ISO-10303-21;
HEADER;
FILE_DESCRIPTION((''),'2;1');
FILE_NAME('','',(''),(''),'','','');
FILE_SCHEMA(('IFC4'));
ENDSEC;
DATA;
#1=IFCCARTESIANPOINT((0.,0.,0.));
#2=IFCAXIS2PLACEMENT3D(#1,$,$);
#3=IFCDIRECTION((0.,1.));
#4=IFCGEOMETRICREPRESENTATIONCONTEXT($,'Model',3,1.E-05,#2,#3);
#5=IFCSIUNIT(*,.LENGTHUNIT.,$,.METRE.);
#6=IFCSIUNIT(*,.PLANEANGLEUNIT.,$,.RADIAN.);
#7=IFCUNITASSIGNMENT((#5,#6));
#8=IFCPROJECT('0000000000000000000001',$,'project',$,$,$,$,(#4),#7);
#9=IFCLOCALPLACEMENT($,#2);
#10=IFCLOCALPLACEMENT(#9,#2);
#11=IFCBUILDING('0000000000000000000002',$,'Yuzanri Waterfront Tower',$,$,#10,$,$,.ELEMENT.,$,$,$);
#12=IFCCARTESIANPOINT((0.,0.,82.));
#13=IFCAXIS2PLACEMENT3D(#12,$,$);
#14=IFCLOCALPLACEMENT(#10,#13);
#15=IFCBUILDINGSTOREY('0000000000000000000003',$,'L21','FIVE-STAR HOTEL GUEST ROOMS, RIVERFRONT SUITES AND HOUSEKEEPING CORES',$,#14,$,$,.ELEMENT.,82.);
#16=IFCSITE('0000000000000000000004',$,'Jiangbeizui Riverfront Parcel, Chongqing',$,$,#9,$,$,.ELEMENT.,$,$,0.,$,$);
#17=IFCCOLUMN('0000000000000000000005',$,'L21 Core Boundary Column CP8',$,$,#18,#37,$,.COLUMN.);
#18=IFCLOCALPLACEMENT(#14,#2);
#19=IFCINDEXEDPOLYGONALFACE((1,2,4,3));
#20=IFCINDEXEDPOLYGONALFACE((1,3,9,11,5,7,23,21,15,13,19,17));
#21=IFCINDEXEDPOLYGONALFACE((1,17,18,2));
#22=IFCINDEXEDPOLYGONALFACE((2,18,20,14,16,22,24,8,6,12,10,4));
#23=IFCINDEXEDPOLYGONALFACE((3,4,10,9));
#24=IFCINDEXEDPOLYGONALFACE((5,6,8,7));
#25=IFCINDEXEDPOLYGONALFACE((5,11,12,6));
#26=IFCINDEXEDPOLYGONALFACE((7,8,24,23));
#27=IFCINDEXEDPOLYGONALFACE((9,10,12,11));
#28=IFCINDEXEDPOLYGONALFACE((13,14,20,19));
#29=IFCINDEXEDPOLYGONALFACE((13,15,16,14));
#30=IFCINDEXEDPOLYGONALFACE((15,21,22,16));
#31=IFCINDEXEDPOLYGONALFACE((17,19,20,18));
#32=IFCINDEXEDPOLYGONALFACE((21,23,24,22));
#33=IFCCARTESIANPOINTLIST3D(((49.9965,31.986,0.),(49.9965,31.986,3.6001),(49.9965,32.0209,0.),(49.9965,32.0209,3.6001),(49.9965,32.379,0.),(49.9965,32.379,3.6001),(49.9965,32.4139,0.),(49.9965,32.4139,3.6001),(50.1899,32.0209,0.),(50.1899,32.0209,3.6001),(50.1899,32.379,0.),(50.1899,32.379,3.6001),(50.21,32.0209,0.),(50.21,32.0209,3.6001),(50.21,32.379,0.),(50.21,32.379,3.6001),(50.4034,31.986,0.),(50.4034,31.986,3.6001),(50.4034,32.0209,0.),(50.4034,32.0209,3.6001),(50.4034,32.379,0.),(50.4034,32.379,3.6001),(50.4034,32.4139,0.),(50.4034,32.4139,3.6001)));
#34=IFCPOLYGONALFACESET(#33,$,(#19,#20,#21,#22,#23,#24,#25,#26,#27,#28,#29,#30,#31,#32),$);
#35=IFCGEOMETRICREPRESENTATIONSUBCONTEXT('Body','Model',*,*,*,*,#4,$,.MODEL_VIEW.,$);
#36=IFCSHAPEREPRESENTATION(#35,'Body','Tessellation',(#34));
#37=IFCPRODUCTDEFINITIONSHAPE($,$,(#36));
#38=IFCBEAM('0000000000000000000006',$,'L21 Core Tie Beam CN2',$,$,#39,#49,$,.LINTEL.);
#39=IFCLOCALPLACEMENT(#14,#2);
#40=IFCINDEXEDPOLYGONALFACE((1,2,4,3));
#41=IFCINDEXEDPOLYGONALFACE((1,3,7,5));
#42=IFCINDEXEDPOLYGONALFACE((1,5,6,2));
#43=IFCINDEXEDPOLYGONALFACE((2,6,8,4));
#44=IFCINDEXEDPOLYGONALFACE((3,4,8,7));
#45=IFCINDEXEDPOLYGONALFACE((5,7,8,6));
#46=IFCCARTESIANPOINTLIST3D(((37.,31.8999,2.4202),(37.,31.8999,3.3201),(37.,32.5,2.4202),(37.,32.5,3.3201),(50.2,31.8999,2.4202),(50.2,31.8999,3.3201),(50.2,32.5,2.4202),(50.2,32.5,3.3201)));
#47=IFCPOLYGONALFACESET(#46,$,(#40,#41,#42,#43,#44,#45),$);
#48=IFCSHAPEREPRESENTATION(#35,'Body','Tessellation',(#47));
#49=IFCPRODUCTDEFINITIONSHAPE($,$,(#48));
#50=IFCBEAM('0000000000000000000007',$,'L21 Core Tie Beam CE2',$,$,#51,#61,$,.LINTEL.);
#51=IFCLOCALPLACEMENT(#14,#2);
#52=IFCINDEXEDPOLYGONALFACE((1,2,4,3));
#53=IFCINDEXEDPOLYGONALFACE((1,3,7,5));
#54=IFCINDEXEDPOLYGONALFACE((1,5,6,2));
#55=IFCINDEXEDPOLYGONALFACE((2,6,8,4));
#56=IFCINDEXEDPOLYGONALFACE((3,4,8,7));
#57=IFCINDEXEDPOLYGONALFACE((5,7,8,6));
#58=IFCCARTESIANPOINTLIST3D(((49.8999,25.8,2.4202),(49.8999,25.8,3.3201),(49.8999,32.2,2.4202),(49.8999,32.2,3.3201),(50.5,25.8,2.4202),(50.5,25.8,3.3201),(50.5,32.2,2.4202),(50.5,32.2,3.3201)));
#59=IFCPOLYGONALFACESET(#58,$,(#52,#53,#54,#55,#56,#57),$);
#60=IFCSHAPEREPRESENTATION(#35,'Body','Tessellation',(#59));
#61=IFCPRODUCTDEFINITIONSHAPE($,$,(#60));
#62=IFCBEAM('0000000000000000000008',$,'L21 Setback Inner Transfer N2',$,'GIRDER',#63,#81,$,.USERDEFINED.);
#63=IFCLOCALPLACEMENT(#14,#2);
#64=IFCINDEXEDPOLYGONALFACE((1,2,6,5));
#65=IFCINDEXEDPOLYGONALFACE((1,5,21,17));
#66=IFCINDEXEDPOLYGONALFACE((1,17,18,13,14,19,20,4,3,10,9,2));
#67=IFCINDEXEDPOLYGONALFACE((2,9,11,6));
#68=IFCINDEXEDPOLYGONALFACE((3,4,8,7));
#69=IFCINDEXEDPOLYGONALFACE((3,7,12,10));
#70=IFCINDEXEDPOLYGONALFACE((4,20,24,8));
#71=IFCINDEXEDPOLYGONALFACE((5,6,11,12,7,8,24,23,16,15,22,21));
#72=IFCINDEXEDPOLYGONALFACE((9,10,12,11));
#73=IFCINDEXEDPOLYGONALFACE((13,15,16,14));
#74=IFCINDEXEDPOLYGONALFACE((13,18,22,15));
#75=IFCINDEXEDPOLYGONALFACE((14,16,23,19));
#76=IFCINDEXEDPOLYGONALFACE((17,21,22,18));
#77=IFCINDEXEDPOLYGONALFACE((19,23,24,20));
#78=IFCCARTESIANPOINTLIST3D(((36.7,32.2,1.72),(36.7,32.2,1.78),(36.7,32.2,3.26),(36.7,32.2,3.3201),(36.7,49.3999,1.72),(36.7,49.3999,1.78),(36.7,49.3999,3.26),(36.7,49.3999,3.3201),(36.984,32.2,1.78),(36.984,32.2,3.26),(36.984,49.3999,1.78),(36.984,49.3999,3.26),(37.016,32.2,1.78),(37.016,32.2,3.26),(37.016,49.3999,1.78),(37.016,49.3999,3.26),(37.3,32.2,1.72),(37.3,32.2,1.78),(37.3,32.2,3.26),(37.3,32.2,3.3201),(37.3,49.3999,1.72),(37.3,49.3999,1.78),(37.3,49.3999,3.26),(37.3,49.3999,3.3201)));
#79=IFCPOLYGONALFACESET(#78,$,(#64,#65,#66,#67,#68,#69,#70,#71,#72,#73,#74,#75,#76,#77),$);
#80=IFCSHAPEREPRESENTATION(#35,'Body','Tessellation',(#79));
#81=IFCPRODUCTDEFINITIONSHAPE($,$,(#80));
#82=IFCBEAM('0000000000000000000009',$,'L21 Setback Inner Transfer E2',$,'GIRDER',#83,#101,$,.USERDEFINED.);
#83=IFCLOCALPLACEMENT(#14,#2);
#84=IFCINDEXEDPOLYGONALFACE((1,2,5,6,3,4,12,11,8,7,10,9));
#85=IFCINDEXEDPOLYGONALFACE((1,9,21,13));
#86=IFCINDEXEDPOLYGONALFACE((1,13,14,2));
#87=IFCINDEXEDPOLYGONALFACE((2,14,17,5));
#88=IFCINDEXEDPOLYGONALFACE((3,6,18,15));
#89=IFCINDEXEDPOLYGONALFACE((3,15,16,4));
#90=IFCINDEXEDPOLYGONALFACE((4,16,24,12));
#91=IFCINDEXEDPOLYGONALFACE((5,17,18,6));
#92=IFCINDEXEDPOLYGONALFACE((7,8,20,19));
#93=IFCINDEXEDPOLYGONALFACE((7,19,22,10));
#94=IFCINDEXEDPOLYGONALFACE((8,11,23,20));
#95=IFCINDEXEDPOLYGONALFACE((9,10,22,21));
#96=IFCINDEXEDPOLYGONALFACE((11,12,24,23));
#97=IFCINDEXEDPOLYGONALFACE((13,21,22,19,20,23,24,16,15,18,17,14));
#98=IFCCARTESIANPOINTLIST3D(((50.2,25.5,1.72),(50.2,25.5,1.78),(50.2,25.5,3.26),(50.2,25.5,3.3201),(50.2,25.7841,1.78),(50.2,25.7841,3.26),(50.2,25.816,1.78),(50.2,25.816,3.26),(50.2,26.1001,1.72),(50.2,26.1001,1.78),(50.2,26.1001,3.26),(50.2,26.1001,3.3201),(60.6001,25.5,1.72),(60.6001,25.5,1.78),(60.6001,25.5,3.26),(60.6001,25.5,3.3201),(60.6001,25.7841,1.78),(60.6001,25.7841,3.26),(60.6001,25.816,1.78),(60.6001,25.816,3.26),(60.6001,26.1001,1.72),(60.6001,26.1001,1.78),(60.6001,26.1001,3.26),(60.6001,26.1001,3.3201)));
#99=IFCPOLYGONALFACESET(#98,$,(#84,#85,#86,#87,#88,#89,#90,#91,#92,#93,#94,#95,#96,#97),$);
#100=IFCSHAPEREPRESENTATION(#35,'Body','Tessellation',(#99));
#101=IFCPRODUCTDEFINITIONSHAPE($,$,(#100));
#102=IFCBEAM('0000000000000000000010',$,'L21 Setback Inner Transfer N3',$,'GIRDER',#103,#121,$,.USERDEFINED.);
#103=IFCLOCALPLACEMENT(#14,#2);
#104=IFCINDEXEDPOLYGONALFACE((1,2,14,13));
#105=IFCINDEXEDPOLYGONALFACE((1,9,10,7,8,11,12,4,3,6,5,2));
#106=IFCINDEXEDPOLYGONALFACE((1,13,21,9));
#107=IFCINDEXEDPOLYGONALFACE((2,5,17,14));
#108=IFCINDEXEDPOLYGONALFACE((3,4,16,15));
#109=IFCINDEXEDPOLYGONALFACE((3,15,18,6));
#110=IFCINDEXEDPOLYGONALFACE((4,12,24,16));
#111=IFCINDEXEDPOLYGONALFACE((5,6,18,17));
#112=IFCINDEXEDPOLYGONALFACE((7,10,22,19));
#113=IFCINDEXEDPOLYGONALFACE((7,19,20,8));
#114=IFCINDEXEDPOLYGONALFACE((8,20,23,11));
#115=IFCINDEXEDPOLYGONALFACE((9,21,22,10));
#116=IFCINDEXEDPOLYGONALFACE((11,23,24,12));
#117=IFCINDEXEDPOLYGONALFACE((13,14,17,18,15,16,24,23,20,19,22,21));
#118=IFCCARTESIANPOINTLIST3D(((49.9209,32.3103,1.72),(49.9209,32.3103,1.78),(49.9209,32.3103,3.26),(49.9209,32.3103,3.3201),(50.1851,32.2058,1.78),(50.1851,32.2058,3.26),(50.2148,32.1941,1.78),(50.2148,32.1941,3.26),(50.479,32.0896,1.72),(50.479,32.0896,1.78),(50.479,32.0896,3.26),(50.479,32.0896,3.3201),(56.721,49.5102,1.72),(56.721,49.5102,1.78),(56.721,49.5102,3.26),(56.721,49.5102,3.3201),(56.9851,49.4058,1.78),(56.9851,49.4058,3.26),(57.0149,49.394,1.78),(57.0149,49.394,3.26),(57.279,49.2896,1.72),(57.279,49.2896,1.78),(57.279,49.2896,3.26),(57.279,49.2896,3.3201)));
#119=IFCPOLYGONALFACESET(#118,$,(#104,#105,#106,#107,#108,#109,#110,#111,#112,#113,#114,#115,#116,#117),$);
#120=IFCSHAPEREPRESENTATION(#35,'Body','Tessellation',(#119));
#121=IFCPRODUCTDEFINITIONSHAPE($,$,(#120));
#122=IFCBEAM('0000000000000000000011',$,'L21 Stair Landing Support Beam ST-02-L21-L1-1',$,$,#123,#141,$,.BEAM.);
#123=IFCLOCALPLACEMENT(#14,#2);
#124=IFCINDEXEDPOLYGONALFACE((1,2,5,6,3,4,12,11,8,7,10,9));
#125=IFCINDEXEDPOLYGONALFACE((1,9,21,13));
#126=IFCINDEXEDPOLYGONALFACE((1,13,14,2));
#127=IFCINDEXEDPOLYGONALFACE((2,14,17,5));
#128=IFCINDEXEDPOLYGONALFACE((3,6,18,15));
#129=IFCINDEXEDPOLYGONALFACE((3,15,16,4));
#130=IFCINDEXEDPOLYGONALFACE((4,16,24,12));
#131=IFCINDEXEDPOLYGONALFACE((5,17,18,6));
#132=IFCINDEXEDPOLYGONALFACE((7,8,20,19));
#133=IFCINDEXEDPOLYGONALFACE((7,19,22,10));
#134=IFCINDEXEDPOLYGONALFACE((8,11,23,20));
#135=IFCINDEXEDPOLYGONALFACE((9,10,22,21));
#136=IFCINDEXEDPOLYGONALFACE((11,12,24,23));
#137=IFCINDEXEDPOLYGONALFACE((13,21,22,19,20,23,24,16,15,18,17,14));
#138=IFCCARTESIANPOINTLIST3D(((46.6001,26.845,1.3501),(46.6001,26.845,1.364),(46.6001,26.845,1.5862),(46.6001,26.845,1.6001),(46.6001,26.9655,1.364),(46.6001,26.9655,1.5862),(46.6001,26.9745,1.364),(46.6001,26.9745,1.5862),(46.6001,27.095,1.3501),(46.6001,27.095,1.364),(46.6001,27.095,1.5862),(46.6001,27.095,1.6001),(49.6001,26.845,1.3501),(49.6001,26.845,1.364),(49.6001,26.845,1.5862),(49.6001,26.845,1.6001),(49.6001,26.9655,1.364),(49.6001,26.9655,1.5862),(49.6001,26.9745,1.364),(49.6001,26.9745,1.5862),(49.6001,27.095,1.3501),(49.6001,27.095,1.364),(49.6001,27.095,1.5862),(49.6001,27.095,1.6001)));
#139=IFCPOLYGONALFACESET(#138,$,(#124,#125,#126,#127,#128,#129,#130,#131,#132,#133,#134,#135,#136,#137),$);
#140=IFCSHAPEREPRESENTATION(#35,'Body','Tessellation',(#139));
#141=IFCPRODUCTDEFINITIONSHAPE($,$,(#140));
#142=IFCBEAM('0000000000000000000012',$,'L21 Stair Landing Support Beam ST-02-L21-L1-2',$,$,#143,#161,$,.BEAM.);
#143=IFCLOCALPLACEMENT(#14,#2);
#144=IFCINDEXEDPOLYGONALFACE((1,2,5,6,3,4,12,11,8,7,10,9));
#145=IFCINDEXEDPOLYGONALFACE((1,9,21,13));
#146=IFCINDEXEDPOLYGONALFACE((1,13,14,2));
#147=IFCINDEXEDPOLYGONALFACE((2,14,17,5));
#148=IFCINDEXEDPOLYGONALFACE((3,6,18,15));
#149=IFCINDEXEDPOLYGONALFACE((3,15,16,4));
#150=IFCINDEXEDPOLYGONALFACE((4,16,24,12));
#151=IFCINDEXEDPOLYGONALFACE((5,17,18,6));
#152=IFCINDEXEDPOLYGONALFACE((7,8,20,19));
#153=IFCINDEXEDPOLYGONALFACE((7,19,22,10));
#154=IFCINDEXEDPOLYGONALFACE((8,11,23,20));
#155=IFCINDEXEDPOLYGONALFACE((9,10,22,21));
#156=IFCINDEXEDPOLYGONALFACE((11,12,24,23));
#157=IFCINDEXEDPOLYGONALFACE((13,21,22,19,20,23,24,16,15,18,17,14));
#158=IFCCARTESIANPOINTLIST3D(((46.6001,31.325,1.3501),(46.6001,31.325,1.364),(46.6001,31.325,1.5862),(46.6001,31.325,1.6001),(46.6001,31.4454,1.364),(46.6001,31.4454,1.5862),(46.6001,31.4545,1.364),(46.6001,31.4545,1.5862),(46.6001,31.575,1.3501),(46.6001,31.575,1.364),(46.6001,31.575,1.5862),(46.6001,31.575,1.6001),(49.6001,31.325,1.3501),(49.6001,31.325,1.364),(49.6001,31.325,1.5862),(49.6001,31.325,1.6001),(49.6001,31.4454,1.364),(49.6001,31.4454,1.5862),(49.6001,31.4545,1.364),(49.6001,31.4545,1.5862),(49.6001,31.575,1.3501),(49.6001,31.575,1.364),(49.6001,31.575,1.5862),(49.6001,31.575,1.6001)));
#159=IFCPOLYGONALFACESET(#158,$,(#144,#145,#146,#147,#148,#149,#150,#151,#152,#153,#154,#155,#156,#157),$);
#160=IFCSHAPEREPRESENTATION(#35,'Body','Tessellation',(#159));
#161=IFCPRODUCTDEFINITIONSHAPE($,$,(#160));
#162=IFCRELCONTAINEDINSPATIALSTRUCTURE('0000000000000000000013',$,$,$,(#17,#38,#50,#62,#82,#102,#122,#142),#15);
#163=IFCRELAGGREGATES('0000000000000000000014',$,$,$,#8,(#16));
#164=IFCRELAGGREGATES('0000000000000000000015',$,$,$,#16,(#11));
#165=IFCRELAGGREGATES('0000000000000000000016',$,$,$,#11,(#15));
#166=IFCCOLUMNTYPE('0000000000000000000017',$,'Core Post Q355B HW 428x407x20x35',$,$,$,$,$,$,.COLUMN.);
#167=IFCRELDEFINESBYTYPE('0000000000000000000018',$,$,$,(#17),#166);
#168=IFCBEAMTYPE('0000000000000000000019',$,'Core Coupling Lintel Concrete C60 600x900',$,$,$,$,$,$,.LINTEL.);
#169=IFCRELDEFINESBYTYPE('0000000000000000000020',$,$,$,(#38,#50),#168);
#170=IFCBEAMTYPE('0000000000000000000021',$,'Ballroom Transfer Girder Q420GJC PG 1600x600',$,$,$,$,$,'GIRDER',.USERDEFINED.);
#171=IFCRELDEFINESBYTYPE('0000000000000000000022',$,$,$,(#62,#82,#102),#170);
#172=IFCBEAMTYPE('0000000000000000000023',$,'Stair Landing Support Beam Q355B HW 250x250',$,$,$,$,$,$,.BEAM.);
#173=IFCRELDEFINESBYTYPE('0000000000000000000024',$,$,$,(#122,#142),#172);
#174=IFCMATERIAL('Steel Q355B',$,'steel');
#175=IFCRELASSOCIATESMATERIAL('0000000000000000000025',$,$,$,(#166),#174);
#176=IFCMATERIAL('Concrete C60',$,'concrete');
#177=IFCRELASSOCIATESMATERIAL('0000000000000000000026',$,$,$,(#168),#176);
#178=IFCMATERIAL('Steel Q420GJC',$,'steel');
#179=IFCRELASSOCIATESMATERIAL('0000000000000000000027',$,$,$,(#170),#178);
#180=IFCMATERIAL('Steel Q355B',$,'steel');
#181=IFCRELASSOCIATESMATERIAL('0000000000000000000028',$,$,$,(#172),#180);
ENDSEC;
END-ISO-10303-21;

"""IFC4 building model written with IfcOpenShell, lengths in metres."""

from ifc_helpers import new_model, si_unit, direction, frame, origin, origin_2d, place, context, subcontext, project, spatial, rectangle, i_section, extrude, source, transform, mapped, material, material_profile, profile_set, type_object, element, save


model = new_model("IFC4")

# Units and contexts
model_context = context("Model", 3, precision=1e-05, world=origin(), true_north=direction((0.0, 1.0)))
body_context = subcontext(model_context, "Body", "Model", "MODEL_VIEW")
ifc_project = project(units=[si_unit("LENGTHUNIT", "METRE"), si_unit("PLANEANGLEUNIT", "RADIAN")], contexts=[model_context])

# Site, building, storey
site_placement = place(None, origin())
site = spatial("IfcSite", under=ifc_project, at=site_placement, Name="Jiangbeizui Riverfront Parcel, Chongqing", CompositionType="ELEMENT", RefElevation=0.0)
building_placement = place(site_placement, origin())
building = spatial("IfcBuilding", under=site, at=building_placement, Name="Yuzanri Waterfront Tower", CompositionType="ELEMENT")
storey_placement = place(building_placement, frame((0.0, 0.0, 82.0)))
storey = spatial("IfcBuildingStorey", under=building, at=storey_placement, Name="L21", Description="FIVE-STAR HOTEL GUEST ROOMS, RIVERFRONT SUITES AND HOUSEKEEPING CORES", CompositionType="ELEMENT", Elevation=82.0)

# Column
ifc_material_1 = material(Name="Steel Q355B", Category="steel")
ifc_material_profile_1 = material_profile(ifc_material_1, i_section(OverallWidth=0.407, OverallDepth=0.428, WebThickness=0.02, FlangeThickness=0.0349, at=origin_2d()), Name="HW 428x407x20x35")
ifc_profile_set_1 = profile_set([ifc_material_profile_1], Name="Steel Q355B")
column_type = type_object("IfcColumnType", Name="Core Post Q355B HW 428x407x20x35", PredefinedType="COLUMN", material=ifc_profile_set_1)
shared_shape_1 = source(origin(), body_context, "Body", "SweptSolid", [
    extrude(i_section(OverallWidth=0.407, OverallDepth=0.428, WebThickness=0.02, FlangeThickness=0.0349, at=origin_2d()), origin(), (0.0, 0.0, 1.0), 3.6001),
])
column_placement = place(storey_placement, frame((50.2, 32.2, 0.0), z_axis=(0.0, 0.0, 1.0), x_axis=(1.0, 0.0, 0.0)))
element("IfcColumn", 1, at=column_placement, inside=storey, type_object=column_type, Name="L21 Core Boundary Column CP8", PredefinedType="COLUMN", context=body_context, shape_type="MappedRepresentation", body=[
    mapped(shared_shape_1, transform((0.0, 0.0, 0.0), scale=1.0)),
])

# Beams
ifc_material_2 = material(Name="Concrete C60", Category="concrete")
ifc_material_profile_2 = material_profile(ifc_material_2, rectangle(XDim=0.6001, YDim=0.8999, at=origin_2d()), Name="RC 600x900")
ifc_profile_set_2 = profile_set([ifc_material_profile_2], Name="Concrete C60")
beam_type_1 = type_object("IfcBeamType", Name="Core Coupling Lintel Concrete C60 600x900", PredefinedType="LINTEL", material=ifc_profile_set_2)
shared_shape_2 = source(origin(), body_context, "Body", "SweptSolid", [
    extrude(rectangle(XDim=0.6001, YDim=0.8999, at=origin_2d()), origin(), (0.0, 0.0, 1.0), 13.2),
])
beam_1_placement = place(storey_placement, frame((37.0, 32.2, 2.8701), z_axis=(1.0, 0.0, 0.0), x_axis=(0.0, 1.0, 0.0)))
element("IfcBeam", 2, at=beam_1_placement, inside=storey, type_object=beam_type_1, Name="L21 Core Tie Beam CN2", PredefinedType="LINTEL", context=body_context, shape_type="MappedRepresentation", body=[
    mapped(shared_shape_2, transform((0.0, 0.0, 0.0), scale=1.0)),
])
shared_shape_3 = source(origin(), body_context, "Body", "SweptSolid", [
    extrude(rectangle(XDim=0.6001, YDim=0.8999, at=origin_2d()), origin(), (0.0, 0.0, 1.0), 6.3999),
])
beam_2_placement = place(storey_placement, frame((50.2, 25.8, 2.8701), z_axis=(0.0, 1.0, 0.0), x_axis=(-1.0, 0.0, 0.0)))
element("IfcBeam", 3, at=beam_2_placement, inside=storey, type_object=beam_type_1, Name="L21 Core Tie Beam CE2", PredefinedType="LINTEL", context=body_context, shape_type="MappedRepresentation", body=[
    mapped(shared_shape_3, transform((0.0, 0.0, 0.0), scale=1.0)),
])
ifc_material_3 = material(Name="Steel Q420GJC", Category="steel")
ifc_material_profile_3 = material_profile(ifc_material_3, i_section(OverallWidth=0.6001, OverallDepth=1.6001, WebThickness=0.032, FlangeThickness=0.0601, at=origin_2d()), Name="PG 1600x600x32x60")
ifc_profile_set_3 = profile_set([ifc_material_profile_3], Name="Steel Q420GJC")
beam_type_2 = type_object("IfcBeamType", Name="Ballroom Transfer Girder Q420GJC PG 1600x600", ElementType="GIRDER", PredefinedType="USERDEFINED", material=ifc_profile_set_3)
shared_shape_4 = source(origin(), body_context, "Body", "SweptSolid", [
    extrude(i_section(OverallWidth=0.6001, OverallDepth=1.6001, WebThickness=0.032, FlangeThickness=0.0601, at=origin_2d()), origin(), (0.0, 0.0, 1.0), 17.2),
])
beam_3_placement = place(storey_placement, frame((37.0, 32.2, 2.52), z_axis=(0.0, 1.0, 0.0), x_axis=(-1.0, 0.0, 0.0)))
element("IfcBeam", 4, at=beam_3_placement, inside=storey, type_object=beam_type_2, Name="L21 Setback Inner Transfer N2", ObjectType="GIRDER", PredefinedType="USERDEFINED", context=body_context, shape_type="MappedRepresentation", body=[
    mapped(shared_shape_4, transform((0.0, 0.0, 0.0), scale=1.0)),
])
shared_shape_5 = source(origin(), body_context, "Body", "SweptSolid", [
    extrude(i_section(OverallWidth=0.6001, OverallDepth=1.6001, WebThickness=0.032, FlangeThickness=0.0601, at=origin_2d()), origin(), (0.0, 0.0, 1.0), 10.4001),
])
beam_4_placement = place(storey_placement, frame((50.2, 25.8, 2.52), z_axis=(1.0, 0.0, 0.0), x_axis=(0.0, 1.0, 0.0)))
element("IfcBeam", 5, at=beam_4_placement, inside=storey, type_object=beam_type_2, Name="L21 Setback Inner Transfer E2", ObjectType="GIRDER", PredefinedType="USERDEFINED", context=body_context, shape_type="MappedRepresentation", body=[
    mapped(shared_shape_5, transform((0.0, 0.0, 0.0), scale=1.0)),
])
shared_shape_6 = source(origin(), body_context, "Body", "SweptSolid", [
    extrude(i_section(OverallWidth=0.6001, OverallDepth=1.6001, WebThickness=0.032, FlangeThickness=0.0601, at=origin_2d()), origin(), (0.0, 0.0, 1.0), 18.4954),
])
beam_5_placement = place(storey_placement, frame((50.2, 32.2, 2.52), z_axis=(0.367662, 0.929959, 0.0), x_axis=(-0.929959, 0.367662, 0.0)))
element("IfcBeam", 6, at=beam_5_placement, inside=storey, type_object=beam_type_2, Name="L21 Setback Inner Transfer N3", ObjectType="GIRDER", PredefinedType="USERDEFINED", context=body_context, shape_type="MappedRepresentation", body=[
    mapped(shared_shape_6, transform((0.0, 0.0, 0.0), scale=1.0)),
])
ifc_material_4 = material(Name="Steel Q355B", Category="steel")
ifc_material_profile_4 = material_profile(ifc_material_4, i_section(OverallWidth=0.25, OverallDepth=0.25, WebThickness=0.009, FlangeThickness=0.0139, at=origin_2d()), Name="HW 250x250x9x14")
ifc_profile_set_4 = profile_set([ifc_material_profile_4], Name="Steel Q355B")
beam_type_3 = type_object("IfcBeamType", Name="Stair Landing Support Beam Q355B HW 250x250", PredefinedType="BEAM", material=ifc_profile_set_4)
shared_shape_7 = source(origin(), body_context, "Body", "SweptSolid", [
    extrude(i_section(OverallWidth=0.25, OverallDepth=0.25, WebThickness=0.009, FlangeThickness=0.0139, at=origin_2d()), origin(), (0.0, 0.0, 1.0), 3.0),
])
for number, where, z_axis, x_axis, name in (
    (7, (46.6001, 26.97, 1.4751), (1.0, 0.0, 0.0), (0.0, 1.0, 0.0), "L21 Stair Landing Support Beam ST-02-L21-L1-1"),
    (8, (46.6001, 31.45, 1.4751), (1.0, 0.0, 0.0), (0.0, 1.0, 0.0), "L21 Stair Landing Support Beam ST-02-L21-L1-2"),
):
    element("IfcBeam", number, at=place(storey_placement, frame(where, z_axis=z_axis, x_axis=x_axis)), inside=storey, type_object=beam_type_3, Name=name, PredefinedType="BEAM", context=body_context, shape_type="MappedRepresentation", body=[
        mapped(shared_shape_7, transform((0.0, 0.0, 0.0), scale=1.0)),
    ])

save(model, "model.ifc")
